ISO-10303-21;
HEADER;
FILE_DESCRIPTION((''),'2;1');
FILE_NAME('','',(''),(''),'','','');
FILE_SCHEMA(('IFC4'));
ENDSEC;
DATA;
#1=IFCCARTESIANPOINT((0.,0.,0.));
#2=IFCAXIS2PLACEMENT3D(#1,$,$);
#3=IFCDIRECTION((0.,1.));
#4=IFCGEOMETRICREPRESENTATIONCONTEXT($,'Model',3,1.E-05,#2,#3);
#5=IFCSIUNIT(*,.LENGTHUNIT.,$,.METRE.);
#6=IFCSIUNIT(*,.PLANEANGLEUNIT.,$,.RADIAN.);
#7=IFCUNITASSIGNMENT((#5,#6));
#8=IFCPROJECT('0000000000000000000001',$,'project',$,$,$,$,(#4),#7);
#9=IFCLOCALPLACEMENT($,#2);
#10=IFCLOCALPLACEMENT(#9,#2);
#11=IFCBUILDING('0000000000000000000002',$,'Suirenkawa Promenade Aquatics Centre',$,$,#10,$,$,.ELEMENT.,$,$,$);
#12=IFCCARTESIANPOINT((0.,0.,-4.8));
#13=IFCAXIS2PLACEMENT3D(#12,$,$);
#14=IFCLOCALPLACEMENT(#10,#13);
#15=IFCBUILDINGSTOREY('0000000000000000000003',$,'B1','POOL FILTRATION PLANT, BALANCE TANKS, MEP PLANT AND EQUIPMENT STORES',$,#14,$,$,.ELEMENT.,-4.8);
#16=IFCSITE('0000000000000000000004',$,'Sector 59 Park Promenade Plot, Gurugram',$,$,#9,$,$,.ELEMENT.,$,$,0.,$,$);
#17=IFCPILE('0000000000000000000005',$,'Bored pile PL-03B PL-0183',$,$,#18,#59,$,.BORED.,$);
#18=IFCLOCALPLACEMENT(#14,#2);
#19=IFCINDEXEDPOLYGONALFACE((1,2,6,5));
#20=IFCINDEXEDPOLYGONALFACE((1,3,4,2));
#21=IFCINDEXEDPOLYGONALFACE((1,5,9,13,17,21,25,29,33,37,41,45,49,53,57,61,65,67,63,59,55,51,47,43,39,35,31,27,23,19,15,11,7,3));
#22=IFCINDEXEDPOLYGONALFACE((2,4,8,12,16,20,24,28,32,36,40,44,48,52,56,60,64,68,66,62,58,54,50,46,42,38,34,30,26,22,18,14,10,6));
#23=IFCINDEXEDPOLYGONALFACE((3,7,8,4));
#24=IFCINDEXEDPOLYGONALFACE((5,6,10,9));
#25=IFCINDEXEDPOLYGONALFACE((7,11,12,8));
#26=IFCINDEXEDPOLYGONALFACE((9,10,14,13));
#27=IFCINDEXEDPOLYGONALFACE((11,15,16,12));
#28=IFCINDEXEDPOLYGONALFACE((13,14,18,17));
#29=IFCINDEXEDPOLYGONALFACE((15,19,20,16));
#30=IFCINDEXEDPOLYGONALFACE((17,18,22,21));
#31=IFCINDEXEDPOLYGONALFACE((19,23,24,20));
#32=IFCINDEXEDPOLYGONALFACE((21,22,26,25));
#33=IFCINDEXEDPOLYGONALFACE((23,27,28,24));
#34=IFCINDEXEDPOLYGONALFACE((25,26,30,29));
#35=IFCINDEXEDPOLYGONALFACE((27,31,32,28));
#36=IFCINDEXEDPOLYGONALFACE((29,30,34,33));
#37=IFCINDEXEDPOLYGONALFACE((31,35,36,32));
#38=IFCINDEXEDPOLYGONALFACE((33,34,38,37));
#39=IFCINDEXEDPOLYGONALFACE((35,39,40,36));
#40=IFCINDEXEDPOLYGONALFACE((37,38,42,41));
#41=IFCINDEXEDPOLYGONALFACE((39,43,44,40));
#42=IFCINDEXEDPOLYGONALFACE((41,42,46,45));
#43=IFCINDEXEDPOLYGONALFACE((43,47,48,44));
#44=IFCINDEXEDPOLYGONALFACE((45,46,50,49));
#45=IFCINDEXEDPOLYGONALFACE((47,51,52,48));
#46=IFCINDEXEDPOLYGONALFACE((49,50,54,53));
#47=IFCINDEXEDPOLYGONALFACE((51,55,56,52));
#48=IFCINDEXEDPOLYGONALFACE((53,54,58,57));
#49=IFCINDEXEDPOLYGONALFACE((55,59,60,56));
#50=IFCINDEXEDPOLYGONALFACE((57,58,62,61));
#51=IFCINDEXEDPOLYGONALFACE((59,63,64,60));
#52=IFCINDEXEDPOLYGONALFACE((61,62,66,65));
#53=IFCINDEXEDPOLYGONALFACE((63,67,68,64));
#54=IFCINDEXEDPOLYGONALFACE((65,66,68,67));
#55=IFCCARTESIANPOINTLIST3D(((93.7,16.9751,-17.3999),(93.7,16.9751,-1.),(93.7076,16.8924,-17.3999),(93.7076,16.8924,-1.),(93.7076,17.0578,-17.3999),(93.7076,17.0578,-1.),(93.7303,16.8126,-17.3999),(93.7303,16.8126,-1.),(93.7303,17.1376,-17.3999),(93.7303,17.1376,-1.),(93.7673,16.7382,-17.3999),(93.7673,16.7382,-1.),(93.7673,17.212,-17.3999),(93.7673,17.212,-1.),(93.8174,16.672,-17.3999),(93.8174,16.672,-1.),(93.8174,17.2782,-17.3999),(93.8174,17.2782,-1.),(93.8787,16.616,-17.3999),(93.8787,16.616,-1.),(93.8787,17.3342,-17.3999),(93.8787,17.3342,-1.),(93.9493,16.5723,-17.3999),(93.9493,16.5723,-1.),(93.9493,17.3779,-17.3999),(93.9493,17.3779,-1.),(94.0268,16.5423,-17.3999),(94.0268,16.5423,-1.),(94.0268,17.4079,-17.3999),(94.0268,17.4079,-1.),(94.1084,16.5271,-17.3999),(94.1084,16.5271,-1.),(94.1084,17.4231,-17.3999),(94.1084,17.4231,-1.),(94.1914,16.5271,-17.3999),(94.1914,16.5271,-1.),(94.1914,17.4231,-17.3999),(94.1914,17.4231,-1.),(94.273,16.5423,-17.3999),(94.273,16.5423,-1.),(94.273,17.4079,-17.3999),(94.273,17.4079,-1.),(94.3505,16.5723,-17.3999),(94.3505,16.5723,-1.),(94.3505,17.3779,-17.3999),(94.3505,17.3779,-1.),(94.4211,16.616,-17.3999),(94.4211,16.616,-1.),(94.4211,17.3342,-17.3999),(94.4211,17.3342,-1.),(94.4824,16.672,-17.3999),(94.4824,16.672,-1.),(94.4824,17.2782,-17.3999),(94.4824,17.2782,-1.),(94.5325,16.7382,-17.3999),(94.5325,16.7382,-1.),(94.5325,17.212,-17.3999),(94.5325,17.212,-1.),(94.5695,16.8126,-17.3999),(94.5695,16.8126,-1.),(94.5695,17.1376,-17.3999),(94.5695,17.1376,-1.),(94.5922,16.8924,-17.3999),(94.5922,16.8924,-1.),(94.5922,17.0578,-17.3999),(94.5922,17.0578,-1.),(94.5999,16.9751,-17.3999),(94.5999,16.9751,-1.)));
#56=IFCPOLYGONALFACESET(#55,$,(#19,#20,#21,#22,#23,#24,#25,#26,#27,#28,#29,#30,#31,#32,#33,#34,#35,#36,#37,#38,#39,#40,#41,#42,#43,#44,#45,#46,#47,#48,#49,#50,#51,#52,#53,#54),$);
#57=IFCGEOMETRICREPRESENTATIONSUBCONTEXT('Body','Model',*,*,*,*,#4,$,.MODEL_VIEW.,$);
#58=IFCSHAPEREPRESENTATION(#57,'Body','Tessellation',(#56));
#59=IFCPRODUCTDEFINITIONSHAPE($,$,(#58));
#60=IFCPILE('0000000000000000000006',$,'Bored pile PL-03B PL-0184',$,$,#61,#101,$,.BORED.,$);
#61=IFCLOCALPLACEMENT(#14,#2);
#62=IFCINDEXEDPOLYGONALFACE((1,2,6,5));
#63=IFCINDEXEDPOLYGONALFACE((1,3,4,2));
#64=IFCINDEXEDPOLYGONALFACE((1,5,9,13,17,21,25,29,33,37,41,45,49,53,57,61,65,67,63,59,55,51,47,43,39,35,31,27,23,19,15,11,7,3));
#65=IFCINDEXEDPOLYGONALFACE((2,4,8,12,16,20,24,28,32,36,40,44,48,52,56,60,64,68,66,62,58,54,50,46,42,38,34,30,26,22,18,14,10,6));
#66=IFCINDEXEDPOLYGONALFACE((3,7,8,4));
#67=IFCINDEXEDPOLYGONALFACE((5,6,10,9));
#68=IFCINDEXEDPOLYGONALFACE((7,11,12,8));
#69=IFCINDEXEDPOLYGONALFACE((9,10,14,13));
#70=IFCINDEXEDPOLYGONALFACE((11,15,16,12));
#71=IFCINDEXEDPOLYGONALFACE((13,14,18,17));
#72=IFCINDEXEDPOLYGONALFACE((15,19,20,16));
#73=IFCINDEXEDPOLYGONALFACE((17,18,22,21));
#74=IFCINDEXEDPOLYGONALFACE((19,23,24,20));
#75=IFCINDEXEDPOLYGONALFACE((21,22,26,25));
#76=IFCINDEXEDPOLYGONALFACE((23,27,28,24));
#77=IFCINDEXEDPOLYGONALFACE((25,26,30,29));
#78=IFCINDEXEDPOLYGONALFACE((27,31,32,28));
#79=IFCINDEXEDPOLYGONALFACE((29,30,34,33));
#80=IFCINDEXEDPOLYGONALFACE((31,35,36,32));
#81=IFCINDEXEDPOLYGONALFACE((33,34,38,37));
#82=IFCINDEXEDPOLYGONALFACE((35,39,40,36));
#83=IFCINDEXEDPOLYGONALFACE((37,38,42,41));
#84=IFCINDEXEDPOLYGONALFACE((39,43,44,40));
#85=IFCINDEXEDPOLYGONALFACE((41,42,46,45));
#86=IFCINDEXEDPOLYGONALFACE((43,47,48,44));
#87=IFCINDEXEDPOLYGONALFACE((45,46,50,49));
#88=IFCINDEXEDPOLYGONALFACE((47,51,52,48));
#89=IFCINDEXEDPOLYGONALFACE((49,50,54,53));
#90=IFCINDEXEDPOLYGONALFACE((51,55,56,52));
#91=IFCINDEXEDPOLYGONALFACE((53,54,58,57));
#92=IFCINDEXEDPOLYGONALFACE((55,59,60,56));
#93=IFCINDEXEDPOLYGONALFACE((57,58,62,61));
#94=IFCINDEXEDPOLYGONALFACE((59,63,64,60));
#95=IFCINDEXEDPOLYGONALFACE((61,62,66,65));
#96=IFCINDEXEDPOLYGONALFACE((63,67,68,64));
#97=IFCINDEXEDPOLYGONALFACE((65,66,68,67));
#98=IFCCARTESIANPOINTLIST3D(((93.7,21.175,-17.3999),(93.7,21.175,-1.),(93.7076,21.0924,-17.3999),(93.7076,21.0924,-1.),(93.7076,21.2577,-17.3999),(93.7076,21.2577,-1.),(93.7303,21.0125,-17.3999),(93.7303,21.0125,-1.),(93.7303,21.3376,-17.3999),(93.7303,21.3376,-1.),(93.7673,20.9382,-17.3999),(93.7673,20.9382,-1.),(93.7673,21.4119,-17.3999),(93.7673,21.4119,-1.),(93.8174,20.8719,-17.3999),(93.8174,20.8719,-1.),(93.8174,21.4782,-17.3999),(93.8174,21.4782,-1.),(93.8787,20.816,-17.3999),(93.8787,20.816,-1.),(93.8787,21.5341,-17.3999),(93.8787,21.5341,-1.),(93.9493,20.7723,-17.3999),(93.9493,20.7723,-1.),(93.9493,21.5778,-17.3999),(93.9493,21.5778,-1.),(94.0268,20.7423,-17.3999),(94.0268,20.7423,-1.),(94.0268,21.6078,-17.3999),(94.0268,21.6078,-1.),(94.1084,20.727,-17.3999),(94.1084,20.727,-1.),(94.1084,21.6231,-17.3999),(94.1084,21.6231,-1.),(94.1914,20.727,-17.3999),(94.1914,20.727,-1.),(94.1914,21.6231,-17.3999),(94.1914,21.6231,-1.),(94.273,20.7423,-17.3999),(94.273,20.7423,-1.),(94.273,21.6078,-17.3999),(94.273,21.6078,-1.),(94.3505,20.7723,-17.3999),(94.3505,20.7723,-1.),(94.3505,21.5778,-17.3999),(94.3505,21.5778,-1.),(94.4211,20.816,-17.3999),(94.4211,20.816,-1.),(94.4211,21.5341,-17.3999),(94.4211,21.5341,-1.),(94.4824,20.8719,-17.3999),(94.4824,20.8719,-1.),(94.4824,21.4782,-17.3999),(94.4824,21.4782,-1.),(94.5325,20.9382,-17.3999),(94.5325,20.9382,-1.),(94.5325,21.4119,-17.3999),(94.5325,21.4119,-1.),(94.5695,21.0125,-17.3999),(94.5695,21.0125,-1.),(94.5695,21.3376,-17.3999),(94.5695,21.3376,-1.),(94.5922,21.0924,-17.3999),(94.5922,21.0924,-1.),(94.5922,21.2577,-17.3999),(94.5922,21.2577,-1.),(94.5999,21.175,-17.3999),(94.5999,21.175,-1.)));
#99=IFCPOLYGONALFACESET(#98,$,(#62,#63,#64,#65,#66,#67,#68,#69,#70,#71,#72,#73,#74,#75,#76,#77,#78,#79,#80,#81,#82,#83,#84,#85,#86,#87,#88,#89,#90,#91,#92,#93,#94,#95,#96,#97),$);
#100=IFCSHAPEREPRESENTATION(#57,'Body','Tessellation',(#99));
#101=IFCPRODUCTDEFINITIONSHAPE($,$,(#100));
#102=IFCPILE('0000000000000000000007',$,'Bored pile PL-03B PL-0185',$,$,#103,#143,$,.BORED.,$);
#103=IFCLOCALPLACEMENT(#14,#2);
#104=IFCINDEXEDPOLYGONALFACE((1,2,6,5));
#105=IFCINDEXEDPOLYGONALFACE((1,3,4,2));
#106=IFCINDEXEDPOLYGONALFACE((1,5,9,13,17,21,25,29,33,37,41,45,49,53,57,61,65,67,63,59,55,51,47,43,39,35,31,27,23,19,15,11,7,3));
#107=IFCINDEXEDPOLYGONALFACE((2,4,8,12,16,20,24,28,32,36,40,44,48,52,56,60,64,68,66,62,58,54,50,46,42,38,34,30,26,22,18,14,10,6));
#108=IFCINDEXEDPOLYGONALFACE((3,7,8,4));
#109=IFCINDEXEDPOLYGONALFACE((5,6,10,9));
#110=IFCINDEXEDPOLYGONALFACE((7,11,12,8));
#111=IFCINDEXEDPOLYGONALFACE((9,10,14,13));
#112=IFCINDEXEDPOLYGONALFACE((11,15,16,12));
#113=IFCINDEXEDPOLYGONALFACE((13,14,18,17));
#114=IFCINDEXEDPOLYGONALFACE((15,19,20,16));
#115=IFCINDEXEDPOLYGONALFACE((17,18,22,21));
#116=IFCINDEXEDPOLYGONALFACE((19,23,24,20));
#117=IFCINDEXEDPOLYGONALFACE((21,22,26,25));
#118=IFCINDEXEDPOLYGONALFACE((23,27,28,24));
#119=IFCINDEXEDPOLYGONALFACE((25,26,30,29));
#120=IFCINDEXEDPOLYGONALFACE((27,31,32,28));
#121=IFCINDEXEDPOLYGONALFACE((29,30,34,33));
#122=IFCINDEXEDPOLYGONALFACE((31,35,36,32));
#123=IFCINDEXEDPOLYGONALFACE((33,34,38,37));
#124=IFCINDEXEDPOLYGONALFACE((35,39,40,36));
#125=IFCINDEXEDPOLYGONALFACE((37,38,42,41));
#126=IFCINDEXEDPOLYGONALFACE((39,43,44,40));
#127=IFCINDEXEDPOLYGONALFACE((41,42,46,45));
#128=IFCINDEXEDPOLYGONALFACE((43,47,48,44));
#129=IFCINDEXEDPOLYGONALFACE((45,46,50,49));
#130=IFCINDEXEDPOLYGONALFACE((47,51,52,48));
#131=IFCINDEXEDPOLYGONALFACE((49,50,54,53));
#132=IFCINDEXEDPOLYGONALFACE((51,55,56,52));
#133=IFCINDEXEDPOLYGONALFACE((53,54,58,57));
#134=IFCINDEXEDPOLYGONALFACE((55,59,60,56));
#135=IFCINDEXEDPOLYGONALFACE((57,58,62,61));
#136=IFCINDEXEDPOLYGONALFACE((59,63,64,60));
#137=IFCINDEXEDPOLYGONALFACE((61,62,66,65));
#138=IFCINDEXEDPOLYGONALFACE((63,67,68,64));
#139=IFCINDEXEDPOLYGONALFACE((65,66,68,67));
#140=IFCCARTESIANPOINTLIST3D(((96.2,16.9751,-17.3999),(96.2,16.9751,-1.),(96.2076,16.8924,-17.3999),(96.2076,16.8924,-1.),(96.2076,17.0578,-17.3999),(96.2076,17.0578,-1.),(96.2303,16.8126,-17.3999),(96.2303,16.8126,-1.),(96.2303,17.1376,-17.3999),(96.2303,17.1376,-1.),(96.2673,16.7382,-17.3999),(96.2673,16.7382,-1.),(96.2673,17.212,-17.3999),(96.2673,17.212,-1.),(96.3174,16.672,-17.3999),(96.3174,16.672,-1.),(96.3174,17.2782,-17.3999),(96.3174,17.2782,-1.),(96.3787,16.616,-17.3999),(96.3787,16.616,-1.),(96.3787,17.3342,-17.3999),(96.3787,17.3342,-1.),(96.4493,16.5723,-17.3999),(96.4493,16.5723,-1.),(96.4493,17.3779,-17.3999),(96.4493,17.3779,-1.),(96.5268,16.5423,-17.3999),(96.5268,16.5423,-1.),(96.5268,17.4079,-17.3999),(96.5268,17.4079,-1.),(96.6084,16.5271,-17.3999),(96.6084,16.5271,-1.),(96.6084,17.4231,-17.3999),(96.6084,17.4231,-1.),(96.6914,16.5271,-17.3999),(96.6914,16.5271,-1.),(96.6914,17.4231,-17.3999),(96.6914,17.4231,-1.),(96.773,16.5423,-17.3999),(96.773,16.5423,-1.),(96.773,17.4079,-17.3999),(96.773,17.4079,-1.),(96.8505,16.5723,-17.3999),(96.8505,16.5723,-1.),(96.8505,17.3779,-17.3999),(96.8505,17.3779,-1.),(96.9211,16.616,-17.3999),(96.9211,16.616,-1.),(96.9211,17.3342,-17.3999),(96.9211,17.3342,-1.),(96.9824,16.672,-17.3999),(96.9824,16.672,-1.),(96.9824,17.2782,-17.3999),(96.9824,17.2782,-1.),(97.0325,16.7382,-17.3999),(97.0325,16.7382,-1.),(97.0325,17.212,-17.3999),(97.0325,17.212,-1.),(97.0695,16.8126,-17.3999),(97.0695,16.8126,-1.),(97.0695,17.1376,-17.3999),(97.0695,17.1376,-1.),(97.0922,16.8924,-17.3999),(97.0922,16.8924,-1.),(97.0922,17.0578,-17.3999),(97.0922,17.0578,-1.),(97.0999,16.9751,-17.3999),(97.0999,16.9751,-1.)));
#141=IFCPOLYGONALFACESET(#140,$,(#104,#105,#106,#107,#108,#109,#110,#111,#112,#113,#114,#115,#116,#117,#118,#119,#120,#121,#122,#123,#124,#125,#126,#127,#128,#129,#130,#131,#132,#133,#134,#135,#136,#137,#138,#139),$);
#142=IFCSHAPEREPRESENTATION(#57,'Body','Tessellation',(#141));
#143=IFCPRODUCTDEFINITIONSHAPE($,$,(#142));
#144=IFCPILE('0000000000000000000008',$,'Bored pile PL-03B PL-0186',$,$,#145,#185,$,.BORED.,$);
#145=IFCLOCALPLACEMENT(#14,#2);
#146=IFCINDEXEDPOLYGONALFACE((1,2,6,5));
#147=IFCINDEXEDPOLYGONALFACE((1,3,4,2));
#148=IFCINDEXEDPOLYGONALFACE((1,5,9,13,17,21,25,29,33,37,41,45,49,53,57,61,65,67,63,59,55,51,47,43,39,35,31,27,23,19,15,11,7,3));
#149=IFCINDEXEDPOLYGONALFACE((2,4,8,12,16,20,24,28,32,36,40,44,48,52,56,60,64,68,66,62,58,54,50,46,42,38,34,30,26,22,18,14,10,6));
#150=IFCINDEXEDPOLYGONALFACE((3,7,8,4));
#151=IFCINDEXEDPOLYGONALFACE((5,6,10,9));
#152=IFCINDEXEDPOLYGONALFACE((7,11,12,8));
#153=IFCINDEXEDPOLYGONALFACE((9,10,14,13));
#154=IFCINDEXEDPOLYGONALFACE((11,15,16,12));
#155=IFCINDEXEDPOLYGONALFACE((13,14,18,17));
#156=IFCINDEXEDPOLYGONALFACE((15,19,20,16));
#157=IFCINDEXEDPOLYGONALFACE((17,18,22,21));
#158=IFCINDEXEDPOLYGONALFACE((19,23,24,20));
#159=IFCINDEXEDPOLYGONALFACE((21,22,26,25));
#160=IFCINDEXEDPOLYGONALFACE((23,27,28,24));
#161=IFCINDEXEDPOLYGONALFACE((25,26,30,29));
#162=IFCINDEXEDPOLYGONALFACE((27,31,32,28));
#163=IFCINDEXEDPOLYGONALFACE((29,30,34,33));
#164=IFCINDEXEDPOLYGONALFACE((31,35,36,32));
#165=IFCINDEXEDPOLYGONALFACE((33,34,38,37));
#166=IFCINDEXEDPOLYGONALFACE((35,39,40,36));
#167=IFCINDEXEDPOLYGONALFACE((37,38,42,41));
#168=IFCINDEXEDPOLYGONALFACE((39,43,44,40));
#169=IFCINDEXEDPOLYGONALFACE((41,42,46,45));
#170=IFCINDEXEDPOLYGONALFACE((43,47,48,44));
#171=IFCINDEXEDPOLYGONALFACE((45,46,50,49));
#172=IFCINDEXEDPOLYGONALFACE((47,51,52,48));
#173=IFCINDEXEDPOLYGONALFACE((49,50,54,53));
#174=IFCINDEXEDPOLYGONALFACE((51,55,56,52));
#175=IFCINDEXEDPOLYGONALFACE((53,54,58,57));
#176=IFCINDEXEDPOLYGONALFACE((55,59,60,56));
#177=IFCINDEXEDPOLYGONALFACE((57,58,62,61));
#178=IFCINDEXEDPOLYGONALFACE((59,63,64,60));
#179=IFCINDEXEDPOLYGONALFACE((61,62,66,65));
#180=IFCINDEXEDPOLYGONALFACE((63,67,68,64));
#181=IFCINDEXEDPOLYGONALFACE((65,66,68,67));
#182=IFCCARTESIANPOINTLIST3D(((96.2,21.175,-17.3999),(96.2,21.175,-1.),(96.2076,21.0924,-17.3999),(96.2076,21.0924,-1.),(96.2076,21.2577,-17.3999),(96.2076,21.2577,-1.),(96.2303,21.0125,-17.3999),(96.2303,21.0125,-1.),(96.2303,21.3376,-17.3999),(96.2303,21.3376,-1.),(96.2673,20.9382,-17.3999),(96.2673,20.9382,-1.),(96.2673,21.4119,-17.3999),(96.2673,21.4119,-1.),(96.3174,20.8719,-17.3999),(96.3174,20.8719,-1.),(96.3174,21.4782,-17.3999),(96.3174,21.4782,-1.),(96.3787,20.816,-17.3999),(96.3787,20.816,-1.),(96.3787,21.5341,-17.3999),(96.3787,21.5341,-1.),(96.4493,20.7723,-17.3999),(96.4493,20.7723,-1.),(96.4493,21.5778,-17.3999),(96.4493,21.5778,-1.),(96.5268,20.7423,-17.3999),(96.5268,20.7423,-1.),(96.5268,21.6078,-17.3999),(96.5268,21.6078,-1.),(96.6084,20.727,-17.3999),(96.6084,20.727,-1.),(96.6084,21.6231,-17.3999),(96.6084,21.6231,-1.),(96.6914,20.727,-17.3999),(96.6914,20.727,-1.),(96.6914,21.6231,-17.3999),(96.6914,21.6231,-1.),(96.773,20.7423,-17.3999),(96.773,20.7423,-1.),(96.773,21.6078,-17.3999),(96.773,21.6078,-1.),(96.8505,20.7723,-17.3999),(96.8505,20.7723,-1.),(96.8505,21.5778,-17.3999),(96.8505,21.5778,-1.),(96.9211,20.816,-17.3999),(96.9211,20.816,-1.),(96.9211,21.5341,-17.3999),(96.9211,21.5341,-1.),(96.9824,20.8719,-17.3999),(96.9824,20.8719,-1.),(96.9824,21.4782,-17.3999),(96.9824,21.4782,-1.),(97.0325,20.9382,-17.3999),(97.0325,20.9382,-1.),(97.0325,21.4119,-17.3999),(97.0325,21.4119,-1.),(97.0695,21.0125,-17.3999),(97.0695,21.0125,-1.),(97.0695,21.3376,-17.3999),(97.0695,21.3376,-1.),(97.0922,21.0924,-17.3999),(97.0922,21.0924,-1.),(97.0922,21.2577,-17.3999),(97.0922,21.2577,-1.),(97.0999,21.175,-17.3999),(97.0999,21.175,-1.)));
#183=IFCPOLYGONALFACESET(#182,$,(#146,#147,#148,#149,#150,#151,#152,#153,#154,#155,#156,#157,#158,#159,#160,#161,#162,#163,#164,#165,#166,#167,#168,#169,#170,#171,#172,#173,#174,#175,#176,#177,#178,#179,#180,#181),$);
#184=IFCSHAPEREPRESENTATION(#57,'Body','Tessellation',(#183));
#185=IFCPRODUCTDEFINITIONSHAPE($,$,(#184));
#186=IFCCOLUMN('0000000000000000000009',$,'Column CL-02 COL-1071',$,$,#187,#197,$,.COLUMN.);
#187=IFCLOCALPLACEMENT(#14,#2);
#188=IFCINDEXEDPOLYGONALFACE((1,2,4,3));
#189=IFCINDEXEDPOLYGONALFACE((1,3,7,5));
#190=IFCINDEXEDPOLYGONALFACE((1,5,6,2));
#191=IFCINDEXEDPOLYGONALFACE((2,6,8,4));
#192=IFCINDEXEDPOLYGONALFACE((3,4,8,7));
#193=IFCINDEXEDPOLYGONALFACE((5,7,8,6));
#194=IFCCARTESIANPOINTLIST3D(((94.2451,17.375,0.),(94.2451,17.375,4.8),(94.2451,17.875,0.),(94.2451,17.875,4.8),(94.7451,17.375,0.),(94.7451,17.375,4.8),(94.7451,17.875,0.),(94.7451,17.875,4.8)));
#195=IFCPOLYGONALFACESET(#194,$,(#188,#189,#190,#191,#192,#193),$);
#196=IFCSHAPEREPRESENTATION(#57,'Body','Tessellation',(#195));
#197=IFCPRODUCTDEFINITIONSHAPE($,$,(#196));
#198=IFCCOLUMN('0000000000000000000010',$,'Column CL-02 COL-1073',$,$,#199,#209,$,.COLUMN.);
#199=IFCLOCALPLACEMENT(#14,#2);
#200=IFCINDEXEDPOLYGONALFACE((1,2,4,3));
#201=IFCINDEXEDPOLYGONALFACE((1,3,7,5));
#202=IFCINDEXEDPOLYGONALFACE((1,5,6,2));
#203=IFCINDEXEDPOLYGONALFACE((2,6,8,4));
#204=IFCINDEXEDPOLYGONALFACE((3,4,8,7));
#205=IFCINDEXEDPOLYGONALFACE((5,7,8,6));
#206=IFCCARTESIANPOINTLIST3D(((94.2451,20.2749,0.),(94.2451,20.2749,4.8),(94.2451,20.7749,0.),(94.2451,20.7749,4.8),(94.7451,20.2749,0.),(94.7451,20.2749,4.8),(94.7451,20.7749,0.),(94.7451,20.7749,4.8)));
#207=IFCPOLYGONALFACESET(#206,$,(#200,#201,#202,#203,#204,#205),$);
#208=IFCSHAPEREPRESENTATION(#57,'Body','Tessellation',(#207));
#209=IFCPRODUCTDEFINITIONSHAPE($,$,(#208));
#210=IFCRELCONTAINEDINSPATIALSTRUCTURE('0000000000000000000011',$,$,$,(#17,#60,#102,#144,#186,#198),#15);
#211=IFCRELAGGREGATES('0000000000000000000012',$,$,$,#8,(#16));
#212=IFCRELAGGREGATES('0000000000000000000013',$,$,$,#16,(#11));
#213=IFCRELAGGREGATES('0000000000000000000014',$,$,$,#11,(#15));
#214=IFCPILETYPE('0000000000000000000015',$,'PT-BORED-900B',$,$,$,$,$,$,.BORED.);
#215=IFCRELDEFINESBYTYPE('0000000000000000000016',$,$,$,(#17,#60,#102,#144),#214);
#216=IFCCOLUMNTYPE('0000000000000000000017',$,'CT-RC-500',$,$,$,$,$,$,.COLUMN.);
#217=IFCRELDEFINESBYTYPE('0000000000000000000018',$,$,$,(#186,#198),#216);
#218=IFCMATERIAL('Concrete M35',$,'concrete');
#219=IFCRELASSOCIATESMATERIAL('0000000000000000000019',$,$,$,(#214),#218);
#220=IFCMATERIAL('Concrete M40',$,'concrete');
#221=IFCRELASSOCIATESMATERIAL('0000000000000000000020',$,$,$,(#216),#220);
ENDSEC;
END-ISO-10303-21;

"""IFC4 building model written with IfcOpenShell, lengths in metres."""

from ifc_helpers import new_model, si_unit, direction, frame, origin, origin_2d, place, context, subcontext, project, spatial, rectangle, circle, extrude, material, material_profile, profile_set, type_object, element, save


model = new_model("IFC4")

# Units and contexts
model_context = context("Model", 3, precision=1e-05, world=origin(), true_north=direction((0.0, 1.0)))
body_context = subcontext(model_context, "Body", "Model", "MODEL_VIEW")
ifc_project = project(units=[si_unit("LENGTHUNIT", "METRE"), si_unit("PLANEANGLEUNIT", "RADIAN")], contexts=[model_context])

# Site, building, storey
site_placement = place(None, origin())
site = spatial("IfcSite", under=ifc_project, at=site_placement, Name="Sector 59 Park Promenade Plot, Gurugram", CompositionType="ELEMENT", RefElevation=0.0)
building_placement = place(site_placement, origin())
building = spatial("IfcBuilding", under=site, at=building_placement, Name="Suirenkawa Promenade Aquatics Centre", CompositionType="ELEMENT")
storey_placement = place(building_placement, frame((0.0, 0.0, -4.8)))
storey = spatial("IfcBuildingStorey", under=building, at=storey_placement, Name="B1", Description="POOL FILTRATION PLANT, BALANCE TANKS, MEP PLANT AND EQUIPMENT STORES", CompositionType="ELEMENT", Elevation=-4.8)

# Shared definitions
ifc_material_1 = material(Name="Concrete M35", Category="concrete")

# Piles
ifc_material_profile_1 = material_profile(ifc_material_1, circle(Radius=0.45, at=origin_2d()), Name="PILE D900", Category="concrete")
ifc_profile_set_1 = profile_set([ifc_material_profile_1], Name="Concrete M35")
pile_type_1 = type_object("IfcPileType", Name="PT-BORED-900B", PredefinedType="BORED", material=ifc_profile_set_1)
for number, where, z_axis, x_axis, name in (
    (1, (94.1499, 16.9751, -1.0), (0.0, 0.0, -1.0), (1.0, 0.0, 0.0), "Bored pile PL-03B PL-0183"),
    (2, (94.1499, 21.175, -1.0), (0.0, 0.0, -1.0), (1.0, 0.0, 0.0), "Bored pile PL-03B PL-0184"),
    (3, (96.6499, 16.9751, -1.0), (0.0, 0.0, -1.0), (1.0, 0.0, 0.0), "Bored pile PL-03B PL-0185"),
    (4, (96.6499, 21.175, -1.0), (0.0, 0.0, -1.0), (1.0, 0.0, 0.0), "Bored pile PL-03B PL-0186"),
):
    element("IfcPile", number, at=place(storey_placement, frame(where, z_axis=z_axis, x_axis=x_axis)), inside=storey, type_object=pile_type_1, Name=name, PredefinedType="BORED", context=body_context, shape_type="SweptSolid", body=[
        extrude(circle(Radius=0.45, at=origin_2d()), origin(), (0.0, 0.0, 1.0), 16.3999),
    ])

# Columns
ifc_material_2 = material(Name="Concrete M40", Category="concrete")
ifc_material_profile_2 = material_profile(ifc_material_2, rectangle(XDim=0.5, YDim=0.5, at=origin_2d()), Name="RC COL 500x500", Category="concrete")
ifc_profile_set_2 = profile_set([ifc_material_profile_2], Name="Concrete M40")
column_type_1 = type_object("IfcColumnType", Name="CT-RC-500", PredefinedType="COLUMN", material=ifc_profile_set_2)
for number, where, z_axis, x_axis, name in (
    (5, (94.4951, 17.625, 0.0), (0.0, 0.0, 1.0), (1.0, 0.0, 0.0), "Column CL-02 COL-1071"),
    (6, (94.4951, 20.5249, 0.0), (0.0, 0.0, 1.0), (1.0, 0.0, 0.0), "Column CL-02 COL-1073"),
):
    element("IfcColumn", number, at=place(storey_placement, frame(where, z_axis=z_axis, x_axis=x_axis)), inside=storey, type_object=column_type_1, Name=name, PredefinedType="COLUMN", context=body_context, shape_type="SweptSolid", body=[
        extrude(rectangle(XDim=0.5, YDim=0.5, at=origin_2d()), origin(), (0.0, 0.0, 1.0), 4.8),
    ])

save(model, "model.ifc")
